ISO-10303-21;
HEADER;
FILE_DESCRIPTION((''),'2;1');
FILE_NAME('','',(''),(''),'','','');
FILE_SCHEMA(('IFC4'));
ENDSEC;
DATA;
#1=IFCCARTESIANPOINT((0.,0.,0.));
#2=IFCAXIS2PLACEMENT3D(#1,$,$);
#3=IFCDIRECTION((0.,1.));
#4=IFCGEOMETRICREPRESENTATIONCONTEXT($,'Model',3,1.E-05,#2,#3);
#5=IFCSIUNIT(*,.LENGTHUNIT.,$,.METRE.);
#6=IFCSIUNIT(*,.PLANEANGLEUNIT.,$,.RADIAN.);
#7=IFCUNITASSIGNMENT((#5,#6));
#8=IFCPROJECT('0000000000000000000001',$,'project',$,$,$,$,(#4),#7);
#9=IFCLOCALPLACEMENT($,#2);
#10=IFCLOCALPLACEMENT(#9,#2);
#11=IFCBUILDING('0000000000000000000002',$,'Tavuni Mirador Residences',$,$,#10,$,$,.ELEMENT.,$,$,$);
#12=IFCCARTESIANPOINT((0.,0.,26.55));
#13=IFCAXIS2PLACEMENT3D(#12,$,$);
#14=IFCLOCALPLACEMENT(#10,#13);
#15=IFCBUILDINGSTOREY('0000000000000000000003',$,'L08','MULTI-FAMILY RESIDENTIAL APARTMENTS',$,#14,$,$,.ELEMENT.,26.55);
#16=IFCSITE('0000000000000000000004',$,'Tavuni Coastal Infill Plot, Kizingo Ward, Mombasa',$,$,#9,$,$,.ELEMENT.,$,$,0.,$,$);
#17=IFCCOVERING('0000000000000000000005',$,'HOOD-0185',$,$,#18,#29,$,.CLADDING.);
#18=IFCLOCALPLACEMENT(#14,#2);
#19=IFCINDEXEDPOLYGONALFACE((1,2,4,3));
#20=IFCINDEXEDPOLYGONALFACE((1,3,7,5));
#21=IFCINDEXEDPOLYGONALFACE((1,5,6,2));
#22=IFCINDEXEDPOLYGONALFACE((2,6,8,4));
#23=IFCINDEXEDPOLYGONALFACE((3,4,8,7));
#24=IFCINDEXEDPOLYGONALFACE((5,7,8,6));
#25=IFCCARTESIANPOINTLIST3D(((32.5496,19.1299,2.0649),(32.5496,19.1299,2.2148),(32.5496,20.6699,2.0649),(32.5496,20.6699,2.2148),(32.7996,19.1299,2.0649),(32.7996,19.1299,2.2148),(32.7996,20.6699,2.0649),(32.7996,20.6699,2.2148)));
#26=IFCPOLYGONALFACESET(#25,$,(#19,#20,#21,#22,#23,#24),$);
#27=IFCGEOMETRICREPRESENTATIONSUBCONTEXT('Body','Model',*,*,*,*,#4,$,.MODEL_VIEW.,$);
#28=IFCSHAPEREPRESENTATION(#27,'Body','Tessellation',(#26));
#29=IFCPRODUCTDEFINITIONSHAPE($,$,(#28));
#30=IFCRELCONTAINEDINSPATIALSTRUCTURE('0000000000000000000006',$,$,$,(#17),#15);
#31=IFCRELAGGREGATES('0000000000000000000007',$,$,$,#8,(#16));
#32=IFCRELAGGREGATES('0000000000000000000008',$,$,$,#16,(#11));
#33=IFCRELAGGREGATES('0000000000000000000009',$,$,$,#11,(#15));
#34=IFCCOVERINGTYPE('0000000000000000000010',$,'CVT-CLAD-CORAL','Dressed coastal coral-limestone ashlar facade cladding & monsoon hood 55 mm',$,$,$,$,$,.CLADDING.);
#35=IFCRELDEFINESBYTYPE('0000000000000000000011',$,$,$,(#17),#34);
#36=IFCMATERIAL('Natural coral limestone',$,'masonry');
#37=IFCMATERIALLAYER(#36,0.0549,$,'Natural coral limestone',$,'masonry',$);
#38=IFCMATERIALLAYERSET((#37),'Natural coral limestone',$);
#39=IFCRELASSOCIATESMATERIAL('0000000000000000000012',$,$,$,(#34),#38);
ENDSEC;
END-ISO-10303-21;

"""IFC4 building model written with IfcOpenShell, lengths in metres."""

from ifc_helpers import new_model, si_unit, direction, frame, origin, origin_2d, place, context, subcontext, project, spatial, rectangle, extrude, material, layer, layer_set, type_object, element, save


model = new_model("IFC4")

# Units and contexts
model_context = context("Model", 3, precision=1e-05, world=origin(), true_north=direction((0.0, 1.0)))
body_context = subcontext(model_context, "Body", "Model", "MODEL_VIEW")
ifc_project = project(units=[si_unit("LENGTHUNIT", "METRE"), si_unit("PLANEANGLEUNIT", "RADIAN")], contexts=[model_context])

# Site, building, storey
site_placement = place(None, origin())
site = spatial("IfcSite", under=ifc_project, at=site_placement, Name="Tavuni Coastal Infill Plot, Kizingo Ward, Mombasa", CompositionType="ELEMENT", RefElevation=0.0)
building_placement = place(site_placement, origin())
building = spatial("IfcBuilding", under=site, at=building_placement, Name="Tavuni Mirador Residences", CompositionType="ELEMENT")
storey_placement = place(building_placement, frame((0.0, 0.0, 26.55)))
storey = spatial("IfcBuildingStorey", under=building, at=storey_placement, Name="L08", Description="MULTI-FAMILY RESIDENTIAL APARTMENTS", CompositionType="ELEMENT", Elevation=26.55)

# Covering
ifc_material_1 = material(Name="Natural coral limestone", Category="masonry")
ifc_layer_1 = layer(ifc_material_1, 0.0549, Name="Natural coral limestone", Category="masonry")
ifc_layer_set_1 = layer_set([ifc_layer_1], Name="Natural coral limestone")
covering_type = type_object("IfcCoveringType", Name="CVT-CLAD-CORAL", Description="Dressed coastal coral-limestone ashlar facade cladding & monsoon hood 55 mm", PredefinedType="CLADDING", material=ifc_layer_set_1)
covering_1_placement = place(storey_placement, frame((32.6746, 19.8999, 2.0649), z_axis=(0.0, 0.0, 1.0), x_axis=(0.0, 1.0, 0.0)))
element("IfcCovering", 1, at=covering_1_placement, inside=storey, type_object=covering_type, Name="HOOD-0185", PredefinedType="CLADDING", context=body_context, shape_type="SweptSolid", body=[
    extrude(rectangle(XDim=1.54, YDim=0.25, at=origin_2d()), origin(), (0.0, 0.0, 1.0), 0.1499),
])

save(model, "model.ifc")
